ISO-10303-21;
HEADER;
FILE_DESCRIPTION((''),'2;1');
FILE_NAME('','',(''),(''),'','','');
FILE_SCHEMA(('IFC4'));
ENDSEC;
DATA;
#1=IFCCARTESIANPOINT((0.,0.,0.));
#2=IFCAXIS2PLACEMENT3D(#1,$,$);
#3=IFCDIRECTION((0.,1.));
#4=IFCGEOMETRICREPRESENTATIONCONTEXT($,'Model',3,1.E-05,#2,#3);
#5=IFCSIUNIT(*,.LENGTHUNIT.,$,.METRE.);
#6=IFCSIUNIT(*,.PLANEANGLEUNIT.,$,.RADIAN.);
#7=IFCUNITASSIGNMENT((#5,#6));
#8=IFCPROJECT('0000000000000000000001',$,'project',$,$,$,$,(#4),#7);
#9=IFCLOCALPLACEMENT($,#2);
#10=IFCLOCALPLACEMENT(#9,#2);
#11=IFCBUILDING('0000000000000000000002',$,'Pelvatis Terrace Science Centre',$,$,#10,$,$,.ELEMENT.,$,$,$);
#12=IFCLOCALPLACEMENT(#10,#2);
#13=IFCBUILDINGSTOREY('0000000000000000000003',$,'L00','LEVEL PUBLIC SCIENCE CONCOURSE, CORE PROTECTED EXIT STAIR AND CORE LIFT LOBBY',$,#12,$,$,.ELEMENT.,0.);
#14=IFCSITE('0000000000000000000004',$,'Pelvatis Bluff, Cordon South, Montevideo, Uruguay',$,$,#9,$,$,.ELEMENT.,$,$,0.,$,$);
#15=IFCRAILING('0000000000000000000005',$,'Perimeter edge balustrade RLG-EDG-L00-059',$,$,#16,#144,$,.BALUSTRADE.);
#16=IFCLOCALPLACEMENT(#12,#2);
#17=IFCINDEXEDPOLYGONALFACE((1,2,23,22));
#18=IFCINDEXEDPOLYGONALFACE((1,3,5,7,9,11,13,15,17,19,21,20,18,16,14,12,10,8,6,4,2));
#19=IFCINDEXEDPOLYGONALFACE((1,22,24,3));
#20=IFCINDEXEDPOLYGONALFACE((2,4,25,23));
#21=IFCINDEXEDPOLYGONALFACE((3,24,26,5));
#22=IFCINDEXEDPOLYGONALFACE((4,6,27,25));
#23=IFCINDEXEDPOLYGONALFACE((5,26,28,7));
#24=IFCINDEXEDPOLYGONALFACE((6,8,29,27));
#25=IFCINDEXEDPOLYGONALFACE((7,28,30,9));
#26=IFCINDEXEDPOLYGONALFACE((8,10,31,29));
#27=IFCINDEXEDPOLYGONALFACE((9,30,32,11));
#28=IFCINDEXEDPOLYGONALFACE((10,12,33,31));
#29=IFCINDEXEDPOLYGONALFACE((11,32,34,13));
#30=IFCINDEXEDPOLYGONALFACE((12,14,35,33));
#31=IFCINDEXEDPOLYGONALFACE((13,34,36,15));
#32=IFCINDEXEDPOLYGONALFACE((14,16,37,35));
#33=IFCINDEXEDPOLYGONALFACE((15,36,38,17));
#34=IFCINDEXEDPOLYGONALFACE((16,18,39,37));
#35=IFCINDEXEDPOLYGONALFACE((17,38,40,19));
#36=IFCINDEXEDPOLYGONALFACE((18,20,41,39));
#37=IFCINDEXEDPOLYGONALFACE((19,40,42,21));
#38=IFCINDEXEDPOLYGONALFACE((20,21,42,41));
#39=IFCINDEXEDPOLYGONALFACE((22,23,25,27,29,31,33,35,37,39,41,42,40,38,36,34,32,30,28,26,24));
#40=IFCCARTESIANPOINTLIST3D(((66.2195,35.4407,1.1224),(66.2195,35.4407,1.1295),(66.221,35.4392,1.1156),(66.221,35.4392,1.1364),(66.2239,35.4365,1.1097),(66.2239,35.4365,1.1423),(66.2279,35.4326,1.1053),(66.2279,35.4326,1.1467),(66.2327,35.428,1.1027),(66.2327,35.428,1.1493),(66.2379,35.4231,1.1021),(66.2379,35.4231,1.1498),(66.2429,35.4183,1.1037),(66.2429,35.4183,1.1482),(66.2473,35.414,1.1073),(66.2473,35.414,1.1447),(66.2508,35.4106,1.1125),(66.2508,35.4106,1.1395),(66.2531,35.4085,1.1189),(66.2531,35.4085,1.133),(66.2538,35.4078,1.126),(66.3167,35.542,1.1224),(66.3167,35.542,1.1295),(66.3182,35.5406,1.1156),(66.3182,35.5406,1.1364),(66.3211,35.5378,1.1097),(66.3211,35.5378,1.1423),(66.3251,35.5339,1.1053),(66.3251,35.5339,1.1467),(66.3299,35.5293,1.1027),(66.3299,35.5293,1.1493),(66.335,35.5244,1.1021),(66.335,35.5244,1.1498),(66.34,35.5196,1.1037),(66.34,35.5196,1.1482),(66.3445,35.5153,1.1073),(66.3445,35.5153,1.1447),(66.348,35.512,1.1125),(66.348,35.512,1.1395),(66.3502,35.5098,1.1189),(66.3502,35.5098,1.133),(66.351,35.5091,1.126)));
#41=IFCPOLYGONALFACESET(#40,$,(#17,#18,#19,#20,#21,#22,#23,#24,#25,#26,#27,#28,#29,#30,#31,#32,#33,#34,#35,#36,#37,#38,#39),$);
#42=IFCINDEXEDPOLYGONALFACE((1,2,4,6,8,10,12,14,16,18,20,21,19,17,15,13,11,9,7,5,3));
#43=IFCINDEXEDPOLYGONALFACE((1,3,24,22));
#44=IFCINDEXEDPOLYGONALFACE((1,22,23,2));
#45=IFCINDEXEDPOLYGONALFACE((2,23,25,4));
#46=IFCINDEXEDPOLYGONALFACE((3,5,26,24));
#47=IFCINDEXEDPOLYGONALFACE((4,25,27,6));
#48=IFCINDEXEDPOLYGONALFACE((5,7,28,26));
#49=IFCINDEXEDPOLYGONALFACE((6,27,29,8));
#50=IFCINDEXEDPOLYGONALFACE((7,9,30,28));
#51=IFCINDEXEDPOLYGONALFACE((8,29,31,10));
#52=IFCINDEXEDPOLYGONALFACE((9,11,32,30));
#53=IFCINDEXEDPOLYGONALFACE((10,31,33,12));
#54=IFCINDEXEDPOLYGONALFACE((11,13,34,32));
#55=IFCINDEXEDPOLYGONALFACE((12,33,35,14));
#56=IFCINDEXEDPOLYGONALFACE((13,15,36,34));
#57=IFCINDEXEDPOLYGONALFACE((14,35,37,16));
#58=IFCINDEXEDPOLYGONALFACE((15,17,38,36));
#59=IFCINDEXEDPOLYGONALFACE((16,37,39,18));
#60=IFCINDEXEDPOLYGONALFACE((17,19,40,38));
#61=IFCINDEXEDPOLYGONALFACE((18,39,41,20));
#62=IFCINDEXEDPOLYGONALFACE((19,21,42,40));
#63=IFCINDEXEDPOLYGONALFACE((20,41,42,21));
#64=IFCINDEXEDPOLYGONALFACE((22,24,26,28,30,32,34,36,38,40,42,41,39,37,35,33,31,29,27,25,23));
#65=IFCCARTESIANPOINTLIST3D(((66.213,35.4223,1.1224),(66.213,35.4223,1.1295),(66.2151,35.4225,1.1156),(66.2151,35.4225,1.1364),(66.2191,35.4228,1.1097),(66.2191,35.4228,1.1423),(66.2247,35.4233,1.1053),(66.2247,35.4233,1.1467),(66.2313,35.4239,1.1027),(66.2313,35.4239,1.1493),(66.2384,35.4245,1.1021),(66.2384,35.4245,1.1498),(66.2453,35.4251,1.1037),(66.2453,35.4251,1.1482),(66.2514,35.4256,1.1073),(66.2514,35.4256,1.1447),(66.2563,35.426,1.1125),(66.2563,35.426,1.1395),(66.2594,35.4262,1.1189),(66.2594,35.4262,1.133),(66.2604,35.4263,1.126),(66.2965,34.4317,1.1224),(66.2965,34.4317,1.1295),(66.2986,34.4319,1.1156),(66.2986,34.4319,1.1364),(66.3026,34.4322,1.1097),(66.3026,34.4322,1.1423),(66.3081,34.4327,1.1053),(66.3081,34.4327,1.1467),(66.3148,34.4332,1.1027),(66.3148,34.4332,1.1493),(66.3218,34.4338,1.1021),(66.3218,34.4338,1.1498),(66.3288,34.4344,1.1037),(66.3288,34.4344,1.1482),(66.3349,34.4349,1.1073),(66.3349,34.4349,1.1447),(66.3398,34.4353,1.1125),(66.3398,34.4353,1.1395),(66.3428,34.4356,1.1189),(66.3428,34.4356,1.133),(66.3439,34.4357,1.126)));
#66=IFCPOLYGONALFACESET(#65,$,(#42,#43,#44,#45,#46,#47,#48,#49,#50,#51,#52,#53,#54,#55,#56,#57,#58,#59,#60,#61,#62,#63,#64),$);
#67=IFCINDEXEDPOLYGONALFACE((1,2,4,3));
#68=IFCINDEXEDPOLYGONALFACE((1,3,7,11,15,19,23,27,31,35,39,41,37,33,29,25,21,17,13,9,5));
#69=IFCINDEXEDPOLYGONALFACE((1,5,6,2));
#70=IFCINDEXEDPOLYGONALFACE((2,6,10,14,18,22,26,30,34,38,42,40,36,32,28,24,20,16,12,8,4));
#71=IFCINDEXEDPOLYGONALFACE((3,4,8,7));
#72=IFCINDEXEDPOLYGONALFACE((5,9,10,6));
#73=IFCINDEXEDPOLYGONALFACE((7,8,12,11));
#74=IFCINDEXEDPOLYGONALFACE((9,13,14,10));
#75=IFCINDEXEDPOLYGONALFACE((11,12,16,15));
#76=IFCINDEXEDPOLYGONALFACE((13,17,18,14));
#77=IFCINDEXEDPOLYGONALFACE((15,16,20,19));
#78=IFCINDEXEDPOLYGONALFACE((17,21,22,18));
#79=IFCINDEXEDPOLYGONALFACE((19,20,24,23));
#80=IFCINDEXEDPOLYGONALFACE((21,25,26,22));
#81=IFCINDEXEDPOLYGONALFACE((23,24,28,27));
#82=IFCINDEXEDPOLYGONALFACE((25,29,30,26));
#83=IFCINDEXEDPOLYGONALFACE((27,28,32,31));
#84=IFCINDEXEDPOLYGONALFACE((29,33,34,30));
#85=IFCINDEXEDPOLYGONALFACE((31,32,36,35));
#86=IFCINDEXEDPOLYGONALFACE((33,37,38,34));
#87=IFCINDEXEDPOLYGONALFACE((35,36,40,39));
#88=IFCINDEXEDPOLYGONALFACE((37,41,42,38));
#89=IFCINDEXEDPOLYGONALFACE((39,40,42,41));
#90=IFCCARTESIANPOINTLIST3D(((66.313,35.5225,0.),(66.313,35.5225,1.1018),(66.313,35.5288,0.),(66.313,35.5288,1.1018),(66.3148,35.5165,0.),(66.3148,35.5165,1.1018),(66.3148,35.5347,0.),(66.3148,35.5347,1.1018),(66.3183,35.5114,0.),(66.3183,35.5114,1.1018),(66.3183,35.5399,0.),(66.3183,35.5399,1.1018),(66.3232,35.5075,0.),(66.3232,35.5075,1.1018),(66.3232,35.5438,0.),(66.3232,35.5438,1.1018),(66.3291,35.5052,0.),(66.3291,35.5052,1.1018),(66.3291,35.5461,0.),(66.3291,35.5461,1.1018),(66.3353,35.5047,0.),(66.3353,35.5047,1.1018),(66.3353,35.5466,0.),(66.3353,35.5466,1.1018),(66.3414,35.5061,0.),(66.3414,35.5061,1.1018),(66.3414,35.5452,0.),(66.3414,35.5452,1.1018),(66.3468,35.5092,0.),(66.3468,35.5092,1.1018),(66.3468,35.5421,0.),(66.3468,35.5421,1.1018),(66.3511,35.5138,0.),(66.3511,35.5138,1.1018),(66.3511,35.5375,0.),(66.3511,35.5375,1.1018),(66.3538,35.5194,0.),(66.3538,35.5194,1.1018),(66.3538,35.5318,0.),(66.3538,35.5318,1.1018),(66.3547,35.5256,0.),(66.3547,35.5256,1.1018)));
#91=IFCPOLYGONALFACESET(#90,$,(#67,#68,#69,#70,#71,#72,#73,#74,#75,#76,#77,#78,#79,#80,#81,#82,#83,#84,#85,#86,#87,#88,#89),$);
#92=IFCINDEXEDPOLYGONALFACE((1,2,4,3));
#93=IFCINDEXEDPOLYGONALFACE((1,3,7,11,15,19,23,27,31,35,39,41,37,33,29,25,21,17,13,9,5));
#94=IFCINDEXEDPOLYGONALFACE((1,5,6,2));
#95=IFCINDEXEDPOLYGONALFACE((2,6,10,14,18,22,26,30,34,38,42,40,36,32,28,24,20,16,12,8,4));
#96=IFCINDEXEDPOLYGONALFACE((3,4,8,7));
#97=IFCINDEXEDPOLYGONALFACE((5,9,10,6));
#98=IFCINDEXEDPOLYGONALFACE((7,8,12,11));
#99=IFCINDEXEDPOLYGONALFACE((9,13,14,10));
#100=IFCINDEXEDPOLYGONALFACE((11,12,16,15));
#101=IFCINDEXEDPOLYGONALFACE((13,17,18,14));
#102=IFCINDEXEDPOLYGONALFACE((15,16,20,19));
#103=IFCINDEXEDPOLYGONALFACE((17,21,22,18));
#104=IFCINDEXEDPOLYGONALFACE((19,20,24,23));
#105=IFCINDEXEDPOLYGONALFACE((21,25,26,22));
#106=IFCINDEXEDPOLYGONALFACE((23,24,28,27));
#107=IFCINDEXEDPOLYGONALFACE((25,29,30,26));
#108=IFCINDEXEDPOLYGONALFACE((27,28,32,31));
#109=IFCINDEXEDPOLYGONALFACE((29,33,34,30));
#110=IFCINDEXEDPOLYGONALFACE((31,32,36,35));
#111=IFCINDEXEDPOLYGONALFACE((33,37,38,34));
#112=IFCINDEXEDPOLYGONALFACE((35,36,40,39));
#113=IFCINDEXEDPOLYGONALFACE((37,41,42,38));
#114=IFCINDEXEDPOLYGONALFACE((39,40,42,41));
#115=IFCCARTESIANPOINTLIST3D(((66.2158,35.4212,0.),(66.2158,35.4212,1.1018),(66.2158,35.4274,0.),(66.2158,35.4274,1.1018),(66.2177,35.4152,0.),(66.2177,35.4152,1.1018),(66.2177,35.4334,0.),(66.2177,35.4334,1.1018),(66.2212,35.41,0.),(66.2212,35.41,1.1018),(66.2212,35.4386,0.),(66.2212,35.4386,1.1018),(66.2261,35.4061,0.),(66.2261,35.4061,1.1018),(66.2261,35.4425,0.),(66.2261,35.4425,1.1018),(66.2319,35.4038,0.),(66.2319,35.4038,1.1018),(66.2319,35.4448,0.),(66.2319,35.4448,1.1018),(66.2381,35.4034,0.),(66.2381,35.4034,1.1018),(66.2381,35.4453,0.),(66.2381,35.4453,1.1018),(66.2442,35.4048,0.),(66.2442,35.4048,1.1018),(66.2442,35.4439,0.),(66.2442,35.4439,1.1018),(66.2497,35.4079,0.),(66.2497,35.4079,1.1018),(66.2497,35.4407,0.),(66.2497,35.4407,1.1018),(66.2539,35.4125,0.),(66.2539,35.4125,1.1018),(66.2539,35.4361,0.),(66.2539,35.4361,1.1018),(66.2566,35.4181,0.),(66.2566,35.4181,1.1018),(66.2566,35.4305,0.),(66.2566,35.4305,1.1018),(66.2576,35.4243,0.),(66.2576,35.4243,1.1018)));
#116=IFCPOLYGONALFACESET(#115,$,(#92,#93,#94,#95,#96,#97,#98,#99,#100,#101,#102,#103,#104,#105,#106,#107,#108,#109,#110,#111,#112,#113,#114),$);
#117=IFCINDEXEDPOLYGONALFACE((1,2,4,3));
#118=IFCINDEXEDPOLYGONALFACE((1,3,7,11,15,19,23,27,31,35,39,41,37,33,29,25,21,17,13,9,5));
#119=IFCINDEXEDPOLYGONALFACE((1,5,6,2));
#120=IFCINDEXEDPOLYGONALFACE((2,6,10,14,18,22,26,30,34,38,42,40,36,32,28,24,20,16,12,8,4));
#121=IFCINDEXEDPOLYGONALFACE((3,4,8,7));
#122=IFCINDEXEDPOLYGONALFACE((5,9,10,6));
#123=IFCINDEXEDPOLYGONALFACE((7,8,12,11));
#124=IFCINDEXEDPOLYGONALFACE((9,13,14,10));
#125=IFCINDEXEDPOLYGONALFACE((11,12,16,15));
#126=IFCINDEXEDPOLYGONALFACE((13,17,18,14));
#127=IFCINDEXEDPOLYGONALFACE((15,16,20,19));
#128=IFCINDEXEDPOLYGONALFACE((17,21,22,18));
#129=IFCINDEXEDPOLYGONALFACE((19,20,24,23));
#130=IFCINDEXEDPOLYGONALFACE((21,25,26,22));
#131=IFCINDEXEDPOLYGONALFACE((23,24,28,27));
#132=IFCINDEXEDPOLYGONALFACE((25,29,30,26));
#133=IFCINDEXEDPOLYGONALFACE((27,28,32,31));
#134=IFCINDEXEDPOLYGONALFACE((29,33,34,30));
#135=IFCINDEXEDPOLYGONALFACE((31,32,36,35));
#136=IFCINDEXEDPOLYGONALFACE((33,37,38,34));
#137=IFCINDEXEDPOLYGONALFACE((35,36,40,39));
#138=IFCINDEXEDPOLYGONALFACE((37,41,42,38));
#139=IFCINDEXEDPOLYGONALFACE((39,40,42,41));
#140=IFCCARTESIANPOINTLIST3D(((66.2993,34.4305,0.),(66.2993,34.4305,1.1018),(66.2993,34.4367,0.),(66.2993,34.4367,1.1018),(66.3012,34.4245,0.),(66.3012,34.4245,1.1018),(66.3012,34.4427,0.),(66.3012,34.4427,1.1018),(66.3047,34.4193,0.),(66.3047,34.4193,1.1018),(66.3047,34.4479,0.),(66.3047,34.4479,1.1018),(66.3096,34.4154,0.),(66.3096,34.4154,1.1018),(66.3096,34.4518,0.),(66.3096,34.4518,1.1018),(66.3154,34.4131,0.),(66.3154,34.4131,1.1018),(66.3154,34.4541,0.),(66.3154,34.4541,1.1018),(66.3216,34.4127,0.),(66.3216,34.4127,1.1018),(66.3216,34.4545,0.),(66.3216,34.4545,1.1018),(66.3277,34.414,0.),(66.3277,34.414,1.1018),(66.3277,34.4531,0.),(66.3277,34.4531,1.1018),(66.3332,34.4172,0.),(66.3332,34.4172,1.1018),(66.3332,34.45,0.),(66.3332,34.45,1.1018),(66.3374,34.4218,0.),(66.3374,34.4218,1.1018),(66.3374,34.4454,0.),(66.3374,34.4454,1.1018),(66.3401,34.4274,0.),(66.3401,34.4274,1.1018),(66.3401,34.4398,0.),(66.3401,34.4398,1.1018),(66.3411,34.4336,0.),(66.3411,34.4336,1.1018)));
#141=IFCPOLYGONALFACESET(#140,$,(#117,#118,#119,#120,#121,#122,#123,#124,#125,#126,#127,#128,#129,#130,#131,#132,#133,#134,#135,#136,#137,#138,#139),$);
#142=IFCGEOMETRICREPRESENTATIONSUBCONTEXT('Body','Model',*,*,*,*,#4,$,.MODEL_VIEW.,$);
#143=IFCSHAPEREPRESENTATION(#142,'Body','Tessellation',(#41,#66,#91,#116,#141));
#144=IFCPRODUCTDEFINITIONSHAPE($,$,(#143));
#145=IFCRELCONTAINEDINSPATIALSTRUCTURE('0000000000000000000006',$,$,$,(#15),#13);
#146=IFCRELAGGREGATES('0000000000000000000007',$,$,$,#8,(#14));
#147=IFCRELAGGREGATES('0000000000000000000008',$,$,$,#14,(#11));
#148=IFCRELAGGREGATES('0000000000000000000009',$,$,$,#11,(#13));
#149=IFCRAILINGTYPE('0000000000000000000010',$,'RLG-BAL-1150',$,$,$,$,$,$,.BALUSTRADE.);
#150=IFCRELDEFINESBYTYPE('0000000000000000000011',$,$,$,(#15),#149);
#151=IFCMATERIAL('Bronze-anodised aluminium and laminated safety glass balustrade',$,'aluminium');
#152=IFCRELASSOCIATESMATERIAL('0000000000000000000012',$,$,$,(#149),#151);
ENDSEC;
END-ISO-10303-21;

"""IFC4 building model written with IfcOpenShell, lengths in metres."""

from ifc_helpers import new_model, si_unit, direction, frame, origin, origin_2d, place, context, subcontext, project, spatial, circle, extrude, material, type_object, element, save


model = new_model("IFC4")

# Units and contexts
model_context = context("Model", 3, precision=1e-05, world=origin(), true_north=direction((0.0, 1.0)))
body_context = subcontext(model_context, "Body", "Model", "MODEL_VIEW")
ifc_project = project(units=[si_unit("LENGTHUNIT", "METRE"), si_unit("PLANEANGLEUNIT", "RADIAN")], contexts=[model_context])

# Site, building, storey
site_placement = place(None, origin())
site = spatial("IfcSite", under=ifc_project, at=site_placement, Name="Pelvatis Bluff, Cordon South, Montevideo, Uruguay", CompositionType="ELEMENT", RefElevation=0.0)
building_placement = place(site_placement, origin())
building = spatial("IfcBuilding", under=site, at=building_placement, Name="Pelvatis Terrace Science Centre", CompositionType="ELEMENT")
storey_placement = place(building_placement, origin())
storey = spatial("IfcBuildingStorey", under=building, at=storey_placement, Name="L00", Description="LEVEL PUBLIC SCIENCE CONCOURSE, CORE PROTECTED EXIT STAIR AND CORE LIFT LOBBY", CompositionType="ELEMENT", Elevation=0.0)

# Railing
ifc_material_1 = material(Name="Bronze-anodised aluminium and laminated safety glass balustrade", Category="aluminium")
railing_type = type_object("IfcRailingType", Name="RLG-BAL-1150", PredefinedType="BALUSTRADE", material=ifc_material_1)
railing_1_placement = place(storey_placement, frame((66.3337, 35.5256, 0.0)))
element("IfcRailing", 1, at=railing_1_placement, inside=storey, type_object=railing_type, Name="Perimeter edge balustrade RLG-EDG-L00-059", PredefinedType="BALUSTRADE", context=body_context, shape_type="SweptSolid", body=[
    extrude(circle(Radius=0.0239, at=origin_2d()), frame((0.0, 0.0, 1.126), z_axis=(-0.69217, -0.721735, 0.0), x_axis=(0.721735, -0.69217, 0.0)), (0.0, 0.0, 1.0), 0.1404),
    extrude(circle(Radius=0.0239, at=origin_2d()), frame((-0.0972, -0.1013, 1.126), z_axis=(0.08398, -0.996467, 0.0), x_axis=(0.996467, 0.08398, 0.0)), (0.0, 0.0, 1.0), 0.9941),
    extrude(circle(Radius=0.021, at=origin_2d()), origin(), (0.0, 0.0, 1.0), 1.1018),
    extrude(circle(Radius=0.021, at=origin_2d()), frame((-0.0972, -0.1013, 0.0)), (0.0, 0.0, 1.0), 1.1018),
    extrude(circle(Radius=0.021, at=origin_2d()), frame((-0.0137, -1.092, 0.0)), (0.0, 0.0, 1.0), 1.1018),
])

save(model, "model.ifc")
